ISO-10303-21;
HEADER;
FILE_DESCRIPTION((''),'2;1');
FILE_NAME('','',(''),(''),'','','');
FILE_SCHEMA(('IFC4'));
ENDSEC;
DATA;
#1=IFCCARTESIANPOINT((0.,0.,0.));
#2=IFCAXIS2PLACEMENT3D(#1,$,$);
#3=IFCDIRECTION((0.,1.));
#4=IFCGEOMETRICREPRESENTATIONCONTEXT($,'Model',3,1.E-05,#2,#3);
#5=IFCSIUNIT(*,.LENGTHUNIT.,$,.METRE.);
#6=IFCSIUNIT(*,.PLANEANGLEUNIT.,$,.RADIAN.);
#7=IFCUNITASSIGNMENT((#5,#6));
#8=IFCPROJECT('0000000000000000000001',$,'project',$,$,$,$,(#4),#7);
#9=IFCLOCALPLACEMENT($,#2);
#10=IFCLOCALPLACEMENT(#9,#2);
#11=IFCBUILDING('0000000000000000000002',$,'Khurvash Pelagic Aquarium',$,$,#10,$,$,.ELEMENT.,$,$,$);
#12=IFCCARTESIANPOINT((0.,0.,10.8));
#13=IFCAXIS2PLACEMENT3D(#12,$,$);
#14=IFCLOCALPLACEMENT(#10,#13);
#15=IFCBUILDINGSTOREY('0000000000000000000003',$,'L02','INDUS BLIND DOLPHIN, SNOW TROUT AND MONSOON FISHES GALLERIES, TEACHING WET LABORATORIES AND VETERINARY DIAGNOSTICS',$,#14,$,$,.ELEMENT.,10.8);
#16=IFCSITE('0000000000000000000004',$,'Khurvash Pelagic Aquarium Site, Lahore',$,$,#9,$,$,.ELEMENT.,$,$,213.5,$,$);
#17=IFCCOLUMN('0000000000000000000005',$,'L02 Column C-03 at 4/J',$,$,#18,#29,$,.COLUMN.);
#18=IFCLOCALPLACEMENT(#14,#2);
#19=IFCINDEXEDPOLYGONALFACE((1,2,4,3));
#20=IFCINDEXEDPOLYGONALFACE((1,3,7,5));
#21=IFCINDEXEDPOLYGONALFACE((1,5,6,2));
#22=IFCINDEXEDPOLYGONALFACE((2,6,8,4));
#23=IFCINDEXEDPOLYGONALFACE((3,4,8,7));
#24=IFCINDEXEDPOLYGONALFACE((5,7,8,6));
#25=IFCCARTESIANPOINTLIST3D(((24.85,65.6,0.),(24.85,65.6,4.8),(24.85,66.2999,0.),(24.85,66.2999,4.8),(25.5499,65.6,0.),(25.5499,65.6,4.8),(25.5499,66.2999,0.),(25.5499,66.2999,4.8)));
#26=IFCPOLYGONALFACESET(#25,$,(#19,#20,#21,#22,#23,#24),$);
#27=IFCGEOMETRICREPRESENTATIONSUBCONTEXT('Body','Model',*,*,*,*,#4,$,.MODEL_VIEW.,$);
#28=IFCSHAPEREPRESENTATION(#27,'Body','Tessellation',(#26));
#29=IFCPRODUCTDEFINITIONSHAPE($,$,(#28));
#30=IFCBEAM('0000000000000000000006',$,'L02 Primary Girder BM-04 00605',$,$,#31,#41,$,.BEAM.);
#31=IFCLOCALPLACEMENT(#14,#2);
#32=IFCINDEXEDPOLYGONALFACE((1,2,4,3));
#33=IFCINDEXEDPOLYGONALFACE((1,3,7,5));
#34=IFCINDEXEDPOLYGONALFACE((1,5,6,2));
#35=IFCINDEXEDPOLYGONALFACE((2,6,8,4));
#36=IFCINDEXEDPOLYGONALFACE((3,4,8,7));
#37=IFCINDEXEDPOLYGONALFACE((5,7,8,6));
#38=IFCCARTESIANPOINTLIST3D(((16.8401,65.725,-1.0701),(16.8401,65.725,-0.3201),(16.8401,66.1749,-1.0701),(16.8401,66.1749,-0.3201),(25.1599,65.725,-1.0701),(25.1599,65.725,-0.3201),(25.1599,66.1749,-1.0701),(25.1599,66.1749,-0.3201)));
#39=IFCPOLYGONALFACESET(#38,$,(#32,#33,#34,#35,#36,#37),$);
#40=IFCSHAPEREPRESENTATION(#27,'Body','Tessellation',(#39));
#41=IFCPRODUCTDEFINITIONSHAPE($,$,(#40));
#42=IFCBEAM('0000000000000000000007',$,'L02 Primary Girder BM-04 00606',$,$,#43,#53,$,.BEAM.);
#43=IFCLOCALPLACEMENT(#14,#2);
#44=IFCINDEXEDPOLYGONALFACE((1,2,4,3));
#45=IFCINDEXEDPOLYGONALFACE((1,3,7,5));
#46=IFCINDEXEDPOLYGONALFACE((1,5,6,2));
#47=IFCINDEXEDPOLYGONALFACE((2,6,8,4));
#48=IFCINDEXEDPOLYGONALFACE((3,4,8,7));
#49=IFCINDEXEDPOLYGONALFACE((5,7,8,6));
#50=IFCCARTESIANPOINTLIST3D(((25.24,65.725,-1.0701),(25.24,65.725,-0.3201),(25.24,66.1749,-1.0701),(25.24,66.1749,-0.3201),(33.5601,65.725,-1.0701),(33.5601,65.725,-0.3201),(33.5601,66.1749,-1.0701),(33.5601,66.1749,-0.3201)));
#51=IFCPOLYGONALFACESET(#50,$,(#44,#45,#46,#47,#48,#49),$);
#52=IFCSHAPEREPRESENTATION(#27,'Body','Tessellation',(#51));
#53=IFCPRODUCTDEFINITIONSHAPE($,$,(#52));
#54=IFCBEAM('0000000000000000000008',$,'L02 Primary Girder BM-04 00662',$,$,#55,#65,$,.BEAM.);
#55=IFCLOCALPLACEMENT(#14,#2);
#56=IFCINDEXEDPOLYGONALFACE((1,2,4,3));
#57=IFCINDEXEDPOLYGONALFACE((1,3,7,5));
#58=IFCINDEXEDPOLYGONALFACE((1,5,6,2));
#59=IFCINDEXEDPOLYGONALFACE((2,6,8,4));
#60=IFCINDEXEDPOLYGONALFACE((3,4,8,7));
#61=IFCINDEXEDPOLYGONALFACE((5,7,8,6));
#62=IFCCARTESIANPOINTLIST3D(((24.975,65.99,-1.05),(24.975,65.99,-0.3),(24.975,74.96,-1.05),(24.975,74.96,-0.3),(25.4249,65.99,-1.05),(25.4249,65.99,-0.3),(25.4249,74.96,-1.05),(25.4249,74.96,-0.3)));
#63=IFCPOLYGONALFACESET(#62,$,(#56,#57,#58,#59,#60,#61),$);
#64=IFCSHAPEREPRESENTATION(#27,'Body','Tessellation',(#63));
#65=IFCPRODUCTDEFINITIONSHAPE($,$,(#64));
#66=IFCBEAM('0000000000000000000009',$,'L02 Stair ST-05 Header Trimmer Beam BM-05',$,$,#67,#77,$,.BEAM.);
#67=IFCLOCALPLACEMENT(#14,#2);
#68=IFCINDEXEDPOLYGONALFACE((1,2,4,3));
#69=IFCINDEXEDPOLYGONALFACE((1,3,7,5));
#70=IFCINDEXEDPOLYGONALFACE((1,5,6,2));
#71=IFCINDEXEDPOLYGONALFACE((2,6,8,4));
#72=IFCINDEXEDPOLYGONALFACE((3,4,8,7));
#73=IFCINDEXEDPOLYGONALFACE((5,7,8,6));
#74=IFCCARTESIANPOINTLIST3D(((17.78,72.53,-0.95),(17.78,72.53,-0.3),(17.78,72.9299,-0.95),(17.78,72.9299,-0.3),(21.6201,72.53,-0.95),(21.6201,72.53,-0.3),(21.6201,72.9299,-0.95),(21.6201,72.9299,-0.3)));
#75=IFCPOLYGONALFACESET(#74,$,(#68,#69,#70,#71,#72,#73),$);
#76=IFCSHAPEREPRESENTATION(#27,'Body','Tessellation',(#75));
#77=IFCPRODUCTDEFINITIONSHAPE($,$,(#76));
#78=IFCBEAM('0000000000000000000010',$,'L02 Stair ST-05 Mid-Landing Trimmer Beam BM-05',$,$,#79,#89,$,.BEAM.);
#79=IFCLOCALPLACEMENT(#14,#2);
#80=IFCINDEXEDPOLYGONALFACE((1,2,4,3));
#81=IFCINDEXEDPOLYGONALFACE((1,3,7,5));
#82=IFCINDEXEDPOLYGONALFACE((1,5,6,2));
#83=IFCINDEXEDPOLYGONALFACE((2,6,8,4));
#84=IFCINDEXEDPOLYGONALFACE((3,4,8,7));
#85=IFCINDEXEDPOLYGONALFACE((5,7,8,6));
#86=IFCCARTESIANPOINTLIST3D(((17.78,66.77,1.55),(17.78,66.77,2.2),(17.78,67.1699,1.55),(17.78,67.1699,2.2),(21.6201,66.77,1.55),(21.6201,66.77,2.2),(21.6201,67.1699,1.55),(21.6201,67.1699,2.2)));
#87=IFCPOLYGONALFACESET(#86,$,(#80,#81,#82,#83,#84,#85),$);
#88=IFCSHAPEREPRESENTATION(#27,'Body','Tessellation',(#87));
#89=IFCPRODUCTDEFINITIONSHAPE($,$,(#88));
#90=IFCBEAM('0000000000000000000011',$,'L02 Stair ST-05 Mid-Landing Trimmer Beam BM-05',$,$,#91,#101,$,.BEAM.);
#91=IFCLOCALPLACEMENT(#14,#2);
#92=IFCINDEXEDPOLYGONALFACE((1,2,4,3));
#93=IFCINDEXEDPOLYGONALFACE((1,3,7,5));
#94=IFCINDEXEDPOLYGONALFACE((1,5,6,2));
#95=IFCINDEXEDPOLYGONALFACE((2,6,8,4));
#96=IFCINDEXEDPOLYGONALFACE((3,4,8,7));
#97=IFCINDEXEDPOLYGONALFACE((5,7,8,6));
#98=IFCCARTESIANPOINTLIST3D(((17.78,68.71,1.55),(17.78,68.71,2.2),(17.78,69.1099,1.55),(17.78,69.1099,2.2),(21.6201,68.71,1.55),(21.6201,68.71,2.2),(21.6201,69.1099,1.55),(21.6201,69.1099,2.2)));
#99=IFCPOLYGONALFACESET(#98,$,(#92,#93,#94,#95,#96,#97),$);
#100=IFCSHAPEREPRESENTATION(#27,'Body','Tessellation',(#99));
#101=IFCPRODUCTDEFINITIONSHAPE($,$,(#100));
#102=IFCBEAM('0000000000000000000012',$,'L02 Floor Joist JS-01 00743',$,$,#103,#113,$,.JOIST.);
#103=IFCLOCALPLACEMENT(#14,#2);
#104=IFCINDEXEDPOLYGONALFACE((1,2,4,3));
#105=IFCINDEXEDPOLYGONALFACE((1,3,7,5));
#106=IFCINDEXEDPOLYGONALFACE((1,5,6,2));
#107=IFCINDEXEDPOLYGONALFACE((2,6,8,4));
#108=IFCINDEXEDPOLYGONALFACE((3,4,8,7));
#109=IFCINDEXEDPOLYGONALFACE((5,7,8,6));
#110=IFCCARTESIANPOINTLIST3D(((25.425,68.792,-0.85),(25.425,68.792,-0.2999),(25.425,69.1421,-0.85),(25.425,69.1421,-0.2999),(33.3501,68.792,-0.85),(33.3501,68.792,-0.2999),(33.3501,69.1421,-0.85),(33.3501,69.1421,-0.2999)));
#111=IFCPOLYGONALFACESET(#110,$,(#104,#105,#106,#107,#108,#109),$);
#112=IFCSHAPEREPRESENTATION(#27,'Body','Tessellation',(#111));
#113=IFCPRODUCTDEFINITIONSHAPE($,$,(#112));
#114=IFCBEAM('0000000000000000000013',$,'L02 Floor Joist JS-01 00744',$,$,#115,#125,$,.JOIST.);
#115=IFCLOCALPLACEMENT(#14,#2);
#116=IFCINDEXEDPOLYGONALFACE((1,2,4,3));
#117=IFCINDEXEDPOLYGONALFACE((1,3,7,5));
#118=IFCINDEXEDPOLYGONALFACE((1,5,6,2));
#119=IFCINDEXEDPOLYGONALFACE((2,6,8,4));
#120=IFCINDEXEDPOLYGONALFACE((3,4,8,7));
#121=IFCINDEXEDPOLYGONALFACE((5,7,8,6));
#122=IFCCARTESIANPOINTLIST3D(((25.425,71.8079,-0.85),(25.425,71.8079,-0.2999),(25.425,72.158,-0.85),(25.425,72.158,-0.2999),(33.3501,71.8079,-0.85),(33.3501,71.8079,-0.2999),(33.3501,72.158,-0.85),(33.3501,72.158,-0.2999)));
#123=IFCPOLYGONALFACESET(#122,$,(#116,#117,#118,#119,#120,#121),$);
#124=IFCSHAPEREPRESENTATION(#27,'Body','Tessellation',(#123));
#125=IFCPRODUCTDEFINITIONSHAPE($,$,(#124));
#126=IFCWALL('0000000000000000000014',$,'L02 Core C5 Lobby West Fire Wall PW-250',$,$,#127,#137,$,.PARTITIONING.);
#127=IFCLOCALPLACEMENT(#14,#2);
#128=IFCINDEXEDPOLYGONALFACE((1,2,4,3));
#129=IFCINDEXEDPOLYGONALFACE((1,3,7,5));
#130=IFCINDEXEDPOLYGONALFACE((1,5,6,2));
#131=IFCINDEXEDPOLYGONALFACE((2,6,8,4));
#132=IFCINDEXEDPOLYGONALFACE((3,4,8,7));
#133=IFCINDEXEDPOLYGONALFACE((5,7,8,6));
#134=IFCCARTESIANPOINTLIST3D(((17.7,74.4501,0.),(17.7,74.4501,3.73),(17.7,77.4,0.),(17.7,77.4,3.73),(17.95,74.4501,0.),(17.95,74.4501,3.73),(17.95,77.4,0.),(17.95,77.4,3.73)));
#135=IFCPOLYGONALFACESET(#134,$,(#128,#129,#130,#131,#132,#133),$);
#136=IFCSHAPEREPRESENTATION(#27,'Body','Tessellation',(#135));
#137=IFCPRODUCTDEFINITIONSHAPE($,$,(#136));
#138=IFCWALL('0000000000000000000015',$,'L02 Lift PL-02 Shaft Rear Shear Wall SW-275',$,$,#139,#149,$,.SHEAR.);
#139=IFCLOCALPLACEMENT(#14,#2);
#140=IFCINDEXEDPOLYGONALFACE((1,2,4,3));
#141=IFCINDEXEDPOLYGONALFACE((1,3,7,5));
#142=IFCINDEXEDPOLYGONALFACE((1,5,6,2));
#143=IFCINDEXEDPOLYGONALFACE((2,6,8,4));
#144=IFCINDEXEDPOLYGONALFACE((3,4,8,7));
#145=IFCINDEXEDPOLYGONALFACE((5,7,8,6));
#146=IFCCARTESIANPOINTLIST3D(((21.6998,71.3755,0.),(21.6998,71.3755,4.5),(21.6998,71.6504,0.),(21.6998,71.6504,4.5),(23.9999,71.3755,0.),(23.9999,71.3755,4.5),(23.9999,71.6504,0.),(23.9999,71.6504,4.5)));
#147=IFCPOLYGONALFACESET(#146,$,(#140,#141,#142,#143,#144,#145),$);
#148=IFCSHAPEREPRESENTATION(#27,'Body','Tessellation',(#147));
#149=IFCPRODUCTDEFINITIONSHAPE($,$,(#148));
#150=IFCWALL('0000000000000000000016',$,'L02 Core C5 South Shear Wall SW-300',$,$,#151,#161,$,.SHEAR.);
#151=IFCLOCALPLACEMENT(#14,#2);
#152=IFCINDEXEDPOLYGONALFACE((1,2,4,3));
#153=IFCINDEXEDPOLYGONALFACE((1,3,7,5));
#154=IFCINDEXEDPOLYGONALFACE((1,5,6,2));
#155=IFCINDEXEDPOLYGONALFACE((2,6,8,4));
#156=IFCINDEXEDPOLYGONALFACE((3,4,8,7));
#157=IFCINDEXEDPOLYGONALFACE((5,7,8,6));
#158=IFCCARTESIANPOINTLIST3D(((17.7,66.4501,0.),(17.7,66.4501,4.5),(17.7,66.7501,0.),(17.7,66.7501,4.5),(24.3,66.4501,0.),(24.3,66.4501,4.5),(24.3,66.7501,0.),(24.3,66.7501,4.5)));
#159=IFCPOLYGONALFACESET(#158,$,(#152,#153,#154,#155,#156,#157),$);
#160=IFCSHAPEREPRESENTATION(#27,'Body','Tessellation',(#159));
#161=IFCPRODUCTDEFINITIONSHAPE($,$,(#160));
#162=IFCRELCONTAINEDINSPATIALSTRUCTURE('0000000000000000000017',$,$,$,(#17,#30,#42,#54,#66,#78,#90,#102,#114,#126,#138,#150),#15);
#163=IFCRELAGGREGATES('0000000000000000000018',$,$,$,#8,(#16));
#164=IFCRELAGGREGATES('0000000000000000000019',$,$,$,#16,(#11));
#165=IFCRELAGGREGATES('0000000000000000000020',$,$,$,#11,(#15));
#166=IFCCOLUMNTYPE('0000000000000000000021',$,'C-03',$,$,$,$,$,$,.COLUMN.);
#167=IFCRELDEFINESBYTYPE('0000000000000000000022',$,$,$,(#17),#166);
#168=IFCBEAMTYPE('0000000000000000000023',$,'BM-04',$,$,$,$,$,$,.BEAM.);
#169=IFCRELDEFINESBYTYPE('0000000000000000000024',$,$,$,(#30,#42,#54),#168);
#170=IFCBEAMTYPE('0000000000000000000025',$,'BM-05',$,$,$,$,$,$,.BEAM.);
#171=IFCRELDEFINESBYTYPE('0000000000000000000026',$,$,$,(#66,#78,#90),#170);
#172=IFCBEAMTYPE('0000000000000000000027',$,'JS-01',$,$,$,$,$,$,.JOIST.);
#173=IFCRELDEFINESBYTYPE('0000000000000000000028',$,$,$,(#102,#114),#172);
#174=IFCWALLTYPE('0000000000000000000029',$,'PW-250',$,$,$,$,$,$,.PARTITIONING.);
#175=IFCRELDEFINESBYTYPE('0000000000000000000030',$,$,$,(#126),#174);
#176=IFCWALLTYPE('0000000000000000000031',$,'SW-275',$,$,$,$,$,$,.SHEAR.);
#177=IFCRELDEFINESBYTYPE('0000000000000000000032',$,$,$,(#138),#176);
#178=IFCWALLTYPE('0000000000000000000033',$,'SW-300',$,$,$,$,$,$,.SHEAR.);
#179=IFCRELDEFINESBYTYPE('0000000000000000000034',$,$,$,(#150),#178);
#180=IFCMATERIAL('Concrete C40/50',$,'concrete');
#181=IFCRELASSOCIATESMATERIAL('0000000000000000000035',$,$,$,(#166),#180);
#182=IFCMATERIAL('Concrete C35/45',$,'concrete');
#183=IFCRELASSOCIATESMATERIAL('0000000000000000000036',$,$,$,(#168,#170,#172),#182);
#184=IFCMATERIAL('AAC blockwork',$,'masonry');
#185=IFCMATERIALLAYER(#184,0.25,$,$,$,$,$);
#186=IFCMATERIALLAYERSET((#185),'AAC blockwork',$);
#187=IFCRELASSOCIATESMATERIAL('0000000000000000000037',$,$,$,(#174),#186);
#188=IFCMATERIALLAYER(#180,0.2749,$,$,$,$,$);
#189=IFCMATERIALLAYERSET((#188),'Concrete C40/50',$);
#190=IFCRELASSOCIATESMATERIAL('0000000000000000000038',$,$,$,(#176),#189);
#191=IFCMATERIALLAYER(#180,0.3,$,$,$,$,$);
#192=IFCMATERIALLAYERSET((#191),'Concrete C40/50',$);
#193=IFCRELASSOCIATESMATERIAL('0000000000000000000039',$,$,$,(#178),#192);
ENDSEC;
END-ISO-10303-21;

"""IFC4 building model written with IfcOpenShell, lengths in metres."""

from ifc_helpers import new_model, si_unit, direction, frame, frame_2d, origin, origin_2d, place, context, subcontext, project, spatial, rectangle, extrude, material, layer, layer_set, material_profile, profile_set, type_object, element, save


model = new_model("IFC4")

# Units and contexts
model_context = context("Model", 3, precision=1e-05, world=origin(), true_north=direction((0.0, 1.0)))
body_context = subcontext(model_context, "Body", "Model", "MODEL_VIEW")
ifc_project = project(units=[si_unit("LENGTHUNIT", "METRE"), si_unit("PLANEANGLEUNIT", "RADIAN")], contexts=[model_context])

# Site, building, storey
site_placement = place(None, origin())
site = spatial("IfcSite", under=ifc_project, at=site_placement, Name="Khurvash Pelagic Aquarium Site, Lahore", CompositionType="ELEMENT", RefElevation=213.5)
building_placement = place(site_placement, origin())
building = spatial("IfcBuilding", under=site, at=building_placement, Name="Khurvash Pelagic Aquarium", CompositionType="ELEMENT")
storey_placement = place(building_placement, frame((0.0, 0.0, 10.8)))
storey = spatial("IfcBuildingStorey", under=building, at=storey_placement, Name="L02", Description="INDUS BLIND DOLPHIN, SNOW TROUT AND MONSOON FISHES GALLERIES, TEACHING WET LABORATORIES AND VETERINARY DIAGNOSTICS", CompositionType="ELEMENT", Elevation=10.8)

# Column
ifc_material_1 = material(Name="Concrete C40/50", Category="concrete")
ifc_material_profile_1 = material_profile(ifc_material_1, rectangle(XDim=0.7, YDim=0.7, at=origin_2d()), Name="RC700X700")
ifc_profile_set_1 = profile_set([ifc_material_profile_1], Name="Concrete C40/50")
column_type = type_object("IfcColumnType", Name="C-03", PredefinedType="COLUMN", material=ifc_profile_set_1)
column_placement = place(storey_placement, frame((25.2, 65.95, 0.0), z_axis=(0.0, 0.0, 1.0), x_axis=(1.0, 0.0, 0.0)))
element("IfcColumn", 1, at=column_placement, inside=storey, type_object=column_type, Name="L02 Column C-03 at 4/J", PredefinedType="COLUMN", context=body_context, shape_type="SweptSolid", body=[
    extrude(rectangle(XDim=0.7, YDim=0.7, at=origin_2d()), origin(), (0.0, 0.0, 1.0), 4.8),
])

# Beams
ifc_material_2 = material(Name="Concrete C35/45", Category="concrete")
ifc_material_profile_2 = material_profile(ifc_material_2, rectangle(XDim=0.45, YDim=0.75, at=origin_2d()), Name="RC450X750")
ifc_profile_set_2 = profile_set([ifc_material_profile_2], Name="Concrete C35/45")
beam_type_1 = type_object("IfcBeamType", Name="BM-04", PredefinedType="BEAM", material=ifc_profile_set_2)
beam_1_placement = place(storey_placement, frame((16.8401, 65.95, -0.6951), z_axis=(1.0, 0.0, 0.0), x_axis=(0.0, 1.0, 0.0)))
element("IfcBeam", 2, at=beam_1_placement, inside=storey, type_object=beam_type_1, Name="L02 Primary Girder BM-04 00605", PredefinedType="BEAM", context=body_context, shape_type="SweptSolid", body=[
    extrude(rectangle(XDim=0.45, YDim=0.75, at=origin_2d()), origin(), (0.0, 0.0, 1.0), 8.3198),
])
beam_2_placement = place(storey_placement, frame((25.24, 65.95, -0.6951), z_axis=(1.0, 0.0, 0.0), x_axis=(0.0, 1.0, 0.0)))
element("IfcBeam", 3, at=beam_2_placement, inside=storey, type_object=beam_type_1, Name="L02 Primary Girder BM-04 00606", PredefinedType="BEAM", context=body_context, shape_type="SweptSolid", body=[
    extrude(rectangle(XDim=0.45, YDim=0.75, at=origin_2d()), origin(), (0.0, 0.0, 1.0), 8.3201),
])
beam_3_placement = place(storey_placement, frame((25.2, 65.99, -0.675), z_axis=(0.0, 1.0, 0.0), x_axis=(-1.0, 0.0, 0.0)))
element("IfcBeam", 4, at=beam_3_placement, inside=storey, type_object=beam_type_1, Name="L02 Primary Girder BM-04 00662", PredefinedType="BEAM", context=body_context, shape_type="SweptSolid", body=[
    extrude(rectangle(XDim=0.45, YDim=0.75, at=origin_2d()), origin(), (0.0, 0.0, 1.0), 8.97),
])
ifc_material_profile_3 = material_profile(ifc_material_2, rectangle(XDim=0.3999, YDim=0.6499, at=origin_2d()), Name="RC400X650")
ifc_profile_set_3 = profile_set([ifc_material_profile_3], Name="Concrete C35/45")
beam_type_2 = type_object("IfcBeamType", Name="BM-05", PredefinedType="BEAM", material=ifc_profile_set_3)
for number, where, z_axis, x_axis, name in (
    (5, (17.78, 72.73, -0.625), (1.0, 0.0, 0.0), (0.0, 1.0, 0.0), "L02 Stair ST-05 Header Trimmer Beam BM-05"),
    (6, (17.78, 66.97, 1.875), (1.0, 0.0, 0.0), (0.0, 1.0, 0.0), "L02 Stair ST-05 Mid-Landing Trimmer Beam BM-05"),
    (7, (17.78, 68.9099, 1.875), (1.0, 0.0, 0.0), (0.0, 1.0, 0.0), "L02 Stair ST-05 Mid-Landing Trimmer Beam BM-05"),
):
    element("IfcBeam", number, at=place(storey_placement, frame(where, z_axis=z_axis, x_axis=x_axis)), inside=storey, type_object=beam_type_2, Name=name, PredefinedType="BEAM", context=body_context, shape_type="SweptSolid", body=[
        extrude(rectangle(XDim=0.3999, YDim=0.6499, at=origin_2d()), origin(), (0.0, 0.0, 1.0), 3.8401),
    ])
ifc_material_profile_4 = material_profile(ifc_material_2, rectangle(XDim=0.3501, YDim=0.55, at=origin_2d()), Name="RC350X550")
ifc_profile_set_4 = profile_set([ifc_material_profile_4], Name="Concrete C35/45")
beam_type_3 = type_object("IfcBeamType", Name="JS-01", PredefinedType="JOIST", material=ifc_profile_set_4)
for number, where, z_axis, x_axis, name in (
    (8, (25.425, 68.967, -0.575), (1.0, 0.0, 0.0), (0.0, 1.0, 0.0), "L02 Floor Joist JS-01 00743"),
    (9, (25.425, 71.9829, -0.575), (1.0, 0.0, 0.0), (0.0, 1.0, 0.0), "L02 Floor Joist JS-01 00744"),
):
    element("IfcBeam", number, at=place(storey_placement, frame(where, z_axis=z_axis, x_axis=x_axis)), inside=storey, type_object=beam_type_3, Name=name, PredefinedType="JOIST", context=body_context, shape_type="SweptSolid", body=[
        extrude(rectangle(XDim=0.3501, YDim=0.55, at=origin_2d()), origin(), (0.0, 0.0, 1.0), 7.925),
    ])

# Walls
ifc_material_3 = material(Name="AAC blockwork", Category="masonry")
ifc_layer_1 = layer(ifc_material_3, 0.25)
ifc_layer_set_1 = layer_set([ifc_layer_1], Name="AAC blockwork")
wall_type_1 = type_object("IfcWallType", Name="PW-250", PredefinedType="PARTITIONING", material=ifc_layer_set_1)
wall_1_placement = place(storey_placement, frame((17.825, 74.45, 0.0), z_axis=(0.0, 0.0, 1.0), x_axis=(0.0, 1.0, 0.0)))
element("IfcWall", 10, at=wall_1_placement, inside=storey, type_object=wall_type_1, Name="L02 Core C5 Lobby West Fire Wall PW-250", PredefinedType="PARTITIONING", context=body_context, shape_type="SweptSolid", body=[
    extrude(rectangle(XDim=2.95, YDim=0.25, at=frame_2d((1.4751, 0.0))), origin(), (0.0, 0.0, 1.0), 3.73),
])
ifc_layer_2 = layer(ifc_material_1, 0.2749)
ifc_layer_set_2 = layer_set([ifc_layer_2], Name="Concrete C40/50")
wall_type_2 = type_object("IfcWallType", Name="SW-275", PredefinedType="SHEAR", material=ifc_layer_set_2)
wall_2_placement = place(storey_placement, frame((21.7, 71.5129, 0.0), z_axis=(0.0, 0.0, 1.0), x_axis=(1.0, 0.0, 0.0)))
element("IfcWall", 11, at=wall_2_placement, inside=storey, type_object=wall_type_2, Name="L02 Lift PL-02 Shaft Rear Shear Wall SW-275", PredefinedType="SHEAR", context=body_context, shape_type="SweptSolid", body=[
    extrude(rectangle(XDim=2.3, YDim=0.2749, at=frame_2d((1.1499, 0.0))), origin(), (0.0, 0.0, 1.0), 4.5),
])
ifc_layer_3 = layer(ifc_material_1, 0.3)
ifc_layer_set_3 = layer_set([ifc_layer_3], Name="Concrete C40/50")
wall_type_3 = type_object("IfcWallType", Name="SW-300", PredefinedType="SHEAR", material=ifc_layer_set_3)
wall_3_placement = place(storey_placement, frame((17.7, 66.6001, 0.0), z_axis=(0.0, 0.0, 1.0), x_axis=(1.0, 0.0, 0.0)))
element("IfcWall", 12, at=wall_3_placement, inside=storey, type_object=wall_type_3, Name="L02 Core C5 South Shear Wall SW-300", PredefinedType="SHEAR", context=body_context, shape_type="SweptSolid", body=[
    extrude(rectangle(XDim=6.6001, YDim=0.3, at=frame_2d((3.3, 0.0))), origin(), (0.0, 0.0, 1.0), 4.5),
])

save(model, "model.ifc")
